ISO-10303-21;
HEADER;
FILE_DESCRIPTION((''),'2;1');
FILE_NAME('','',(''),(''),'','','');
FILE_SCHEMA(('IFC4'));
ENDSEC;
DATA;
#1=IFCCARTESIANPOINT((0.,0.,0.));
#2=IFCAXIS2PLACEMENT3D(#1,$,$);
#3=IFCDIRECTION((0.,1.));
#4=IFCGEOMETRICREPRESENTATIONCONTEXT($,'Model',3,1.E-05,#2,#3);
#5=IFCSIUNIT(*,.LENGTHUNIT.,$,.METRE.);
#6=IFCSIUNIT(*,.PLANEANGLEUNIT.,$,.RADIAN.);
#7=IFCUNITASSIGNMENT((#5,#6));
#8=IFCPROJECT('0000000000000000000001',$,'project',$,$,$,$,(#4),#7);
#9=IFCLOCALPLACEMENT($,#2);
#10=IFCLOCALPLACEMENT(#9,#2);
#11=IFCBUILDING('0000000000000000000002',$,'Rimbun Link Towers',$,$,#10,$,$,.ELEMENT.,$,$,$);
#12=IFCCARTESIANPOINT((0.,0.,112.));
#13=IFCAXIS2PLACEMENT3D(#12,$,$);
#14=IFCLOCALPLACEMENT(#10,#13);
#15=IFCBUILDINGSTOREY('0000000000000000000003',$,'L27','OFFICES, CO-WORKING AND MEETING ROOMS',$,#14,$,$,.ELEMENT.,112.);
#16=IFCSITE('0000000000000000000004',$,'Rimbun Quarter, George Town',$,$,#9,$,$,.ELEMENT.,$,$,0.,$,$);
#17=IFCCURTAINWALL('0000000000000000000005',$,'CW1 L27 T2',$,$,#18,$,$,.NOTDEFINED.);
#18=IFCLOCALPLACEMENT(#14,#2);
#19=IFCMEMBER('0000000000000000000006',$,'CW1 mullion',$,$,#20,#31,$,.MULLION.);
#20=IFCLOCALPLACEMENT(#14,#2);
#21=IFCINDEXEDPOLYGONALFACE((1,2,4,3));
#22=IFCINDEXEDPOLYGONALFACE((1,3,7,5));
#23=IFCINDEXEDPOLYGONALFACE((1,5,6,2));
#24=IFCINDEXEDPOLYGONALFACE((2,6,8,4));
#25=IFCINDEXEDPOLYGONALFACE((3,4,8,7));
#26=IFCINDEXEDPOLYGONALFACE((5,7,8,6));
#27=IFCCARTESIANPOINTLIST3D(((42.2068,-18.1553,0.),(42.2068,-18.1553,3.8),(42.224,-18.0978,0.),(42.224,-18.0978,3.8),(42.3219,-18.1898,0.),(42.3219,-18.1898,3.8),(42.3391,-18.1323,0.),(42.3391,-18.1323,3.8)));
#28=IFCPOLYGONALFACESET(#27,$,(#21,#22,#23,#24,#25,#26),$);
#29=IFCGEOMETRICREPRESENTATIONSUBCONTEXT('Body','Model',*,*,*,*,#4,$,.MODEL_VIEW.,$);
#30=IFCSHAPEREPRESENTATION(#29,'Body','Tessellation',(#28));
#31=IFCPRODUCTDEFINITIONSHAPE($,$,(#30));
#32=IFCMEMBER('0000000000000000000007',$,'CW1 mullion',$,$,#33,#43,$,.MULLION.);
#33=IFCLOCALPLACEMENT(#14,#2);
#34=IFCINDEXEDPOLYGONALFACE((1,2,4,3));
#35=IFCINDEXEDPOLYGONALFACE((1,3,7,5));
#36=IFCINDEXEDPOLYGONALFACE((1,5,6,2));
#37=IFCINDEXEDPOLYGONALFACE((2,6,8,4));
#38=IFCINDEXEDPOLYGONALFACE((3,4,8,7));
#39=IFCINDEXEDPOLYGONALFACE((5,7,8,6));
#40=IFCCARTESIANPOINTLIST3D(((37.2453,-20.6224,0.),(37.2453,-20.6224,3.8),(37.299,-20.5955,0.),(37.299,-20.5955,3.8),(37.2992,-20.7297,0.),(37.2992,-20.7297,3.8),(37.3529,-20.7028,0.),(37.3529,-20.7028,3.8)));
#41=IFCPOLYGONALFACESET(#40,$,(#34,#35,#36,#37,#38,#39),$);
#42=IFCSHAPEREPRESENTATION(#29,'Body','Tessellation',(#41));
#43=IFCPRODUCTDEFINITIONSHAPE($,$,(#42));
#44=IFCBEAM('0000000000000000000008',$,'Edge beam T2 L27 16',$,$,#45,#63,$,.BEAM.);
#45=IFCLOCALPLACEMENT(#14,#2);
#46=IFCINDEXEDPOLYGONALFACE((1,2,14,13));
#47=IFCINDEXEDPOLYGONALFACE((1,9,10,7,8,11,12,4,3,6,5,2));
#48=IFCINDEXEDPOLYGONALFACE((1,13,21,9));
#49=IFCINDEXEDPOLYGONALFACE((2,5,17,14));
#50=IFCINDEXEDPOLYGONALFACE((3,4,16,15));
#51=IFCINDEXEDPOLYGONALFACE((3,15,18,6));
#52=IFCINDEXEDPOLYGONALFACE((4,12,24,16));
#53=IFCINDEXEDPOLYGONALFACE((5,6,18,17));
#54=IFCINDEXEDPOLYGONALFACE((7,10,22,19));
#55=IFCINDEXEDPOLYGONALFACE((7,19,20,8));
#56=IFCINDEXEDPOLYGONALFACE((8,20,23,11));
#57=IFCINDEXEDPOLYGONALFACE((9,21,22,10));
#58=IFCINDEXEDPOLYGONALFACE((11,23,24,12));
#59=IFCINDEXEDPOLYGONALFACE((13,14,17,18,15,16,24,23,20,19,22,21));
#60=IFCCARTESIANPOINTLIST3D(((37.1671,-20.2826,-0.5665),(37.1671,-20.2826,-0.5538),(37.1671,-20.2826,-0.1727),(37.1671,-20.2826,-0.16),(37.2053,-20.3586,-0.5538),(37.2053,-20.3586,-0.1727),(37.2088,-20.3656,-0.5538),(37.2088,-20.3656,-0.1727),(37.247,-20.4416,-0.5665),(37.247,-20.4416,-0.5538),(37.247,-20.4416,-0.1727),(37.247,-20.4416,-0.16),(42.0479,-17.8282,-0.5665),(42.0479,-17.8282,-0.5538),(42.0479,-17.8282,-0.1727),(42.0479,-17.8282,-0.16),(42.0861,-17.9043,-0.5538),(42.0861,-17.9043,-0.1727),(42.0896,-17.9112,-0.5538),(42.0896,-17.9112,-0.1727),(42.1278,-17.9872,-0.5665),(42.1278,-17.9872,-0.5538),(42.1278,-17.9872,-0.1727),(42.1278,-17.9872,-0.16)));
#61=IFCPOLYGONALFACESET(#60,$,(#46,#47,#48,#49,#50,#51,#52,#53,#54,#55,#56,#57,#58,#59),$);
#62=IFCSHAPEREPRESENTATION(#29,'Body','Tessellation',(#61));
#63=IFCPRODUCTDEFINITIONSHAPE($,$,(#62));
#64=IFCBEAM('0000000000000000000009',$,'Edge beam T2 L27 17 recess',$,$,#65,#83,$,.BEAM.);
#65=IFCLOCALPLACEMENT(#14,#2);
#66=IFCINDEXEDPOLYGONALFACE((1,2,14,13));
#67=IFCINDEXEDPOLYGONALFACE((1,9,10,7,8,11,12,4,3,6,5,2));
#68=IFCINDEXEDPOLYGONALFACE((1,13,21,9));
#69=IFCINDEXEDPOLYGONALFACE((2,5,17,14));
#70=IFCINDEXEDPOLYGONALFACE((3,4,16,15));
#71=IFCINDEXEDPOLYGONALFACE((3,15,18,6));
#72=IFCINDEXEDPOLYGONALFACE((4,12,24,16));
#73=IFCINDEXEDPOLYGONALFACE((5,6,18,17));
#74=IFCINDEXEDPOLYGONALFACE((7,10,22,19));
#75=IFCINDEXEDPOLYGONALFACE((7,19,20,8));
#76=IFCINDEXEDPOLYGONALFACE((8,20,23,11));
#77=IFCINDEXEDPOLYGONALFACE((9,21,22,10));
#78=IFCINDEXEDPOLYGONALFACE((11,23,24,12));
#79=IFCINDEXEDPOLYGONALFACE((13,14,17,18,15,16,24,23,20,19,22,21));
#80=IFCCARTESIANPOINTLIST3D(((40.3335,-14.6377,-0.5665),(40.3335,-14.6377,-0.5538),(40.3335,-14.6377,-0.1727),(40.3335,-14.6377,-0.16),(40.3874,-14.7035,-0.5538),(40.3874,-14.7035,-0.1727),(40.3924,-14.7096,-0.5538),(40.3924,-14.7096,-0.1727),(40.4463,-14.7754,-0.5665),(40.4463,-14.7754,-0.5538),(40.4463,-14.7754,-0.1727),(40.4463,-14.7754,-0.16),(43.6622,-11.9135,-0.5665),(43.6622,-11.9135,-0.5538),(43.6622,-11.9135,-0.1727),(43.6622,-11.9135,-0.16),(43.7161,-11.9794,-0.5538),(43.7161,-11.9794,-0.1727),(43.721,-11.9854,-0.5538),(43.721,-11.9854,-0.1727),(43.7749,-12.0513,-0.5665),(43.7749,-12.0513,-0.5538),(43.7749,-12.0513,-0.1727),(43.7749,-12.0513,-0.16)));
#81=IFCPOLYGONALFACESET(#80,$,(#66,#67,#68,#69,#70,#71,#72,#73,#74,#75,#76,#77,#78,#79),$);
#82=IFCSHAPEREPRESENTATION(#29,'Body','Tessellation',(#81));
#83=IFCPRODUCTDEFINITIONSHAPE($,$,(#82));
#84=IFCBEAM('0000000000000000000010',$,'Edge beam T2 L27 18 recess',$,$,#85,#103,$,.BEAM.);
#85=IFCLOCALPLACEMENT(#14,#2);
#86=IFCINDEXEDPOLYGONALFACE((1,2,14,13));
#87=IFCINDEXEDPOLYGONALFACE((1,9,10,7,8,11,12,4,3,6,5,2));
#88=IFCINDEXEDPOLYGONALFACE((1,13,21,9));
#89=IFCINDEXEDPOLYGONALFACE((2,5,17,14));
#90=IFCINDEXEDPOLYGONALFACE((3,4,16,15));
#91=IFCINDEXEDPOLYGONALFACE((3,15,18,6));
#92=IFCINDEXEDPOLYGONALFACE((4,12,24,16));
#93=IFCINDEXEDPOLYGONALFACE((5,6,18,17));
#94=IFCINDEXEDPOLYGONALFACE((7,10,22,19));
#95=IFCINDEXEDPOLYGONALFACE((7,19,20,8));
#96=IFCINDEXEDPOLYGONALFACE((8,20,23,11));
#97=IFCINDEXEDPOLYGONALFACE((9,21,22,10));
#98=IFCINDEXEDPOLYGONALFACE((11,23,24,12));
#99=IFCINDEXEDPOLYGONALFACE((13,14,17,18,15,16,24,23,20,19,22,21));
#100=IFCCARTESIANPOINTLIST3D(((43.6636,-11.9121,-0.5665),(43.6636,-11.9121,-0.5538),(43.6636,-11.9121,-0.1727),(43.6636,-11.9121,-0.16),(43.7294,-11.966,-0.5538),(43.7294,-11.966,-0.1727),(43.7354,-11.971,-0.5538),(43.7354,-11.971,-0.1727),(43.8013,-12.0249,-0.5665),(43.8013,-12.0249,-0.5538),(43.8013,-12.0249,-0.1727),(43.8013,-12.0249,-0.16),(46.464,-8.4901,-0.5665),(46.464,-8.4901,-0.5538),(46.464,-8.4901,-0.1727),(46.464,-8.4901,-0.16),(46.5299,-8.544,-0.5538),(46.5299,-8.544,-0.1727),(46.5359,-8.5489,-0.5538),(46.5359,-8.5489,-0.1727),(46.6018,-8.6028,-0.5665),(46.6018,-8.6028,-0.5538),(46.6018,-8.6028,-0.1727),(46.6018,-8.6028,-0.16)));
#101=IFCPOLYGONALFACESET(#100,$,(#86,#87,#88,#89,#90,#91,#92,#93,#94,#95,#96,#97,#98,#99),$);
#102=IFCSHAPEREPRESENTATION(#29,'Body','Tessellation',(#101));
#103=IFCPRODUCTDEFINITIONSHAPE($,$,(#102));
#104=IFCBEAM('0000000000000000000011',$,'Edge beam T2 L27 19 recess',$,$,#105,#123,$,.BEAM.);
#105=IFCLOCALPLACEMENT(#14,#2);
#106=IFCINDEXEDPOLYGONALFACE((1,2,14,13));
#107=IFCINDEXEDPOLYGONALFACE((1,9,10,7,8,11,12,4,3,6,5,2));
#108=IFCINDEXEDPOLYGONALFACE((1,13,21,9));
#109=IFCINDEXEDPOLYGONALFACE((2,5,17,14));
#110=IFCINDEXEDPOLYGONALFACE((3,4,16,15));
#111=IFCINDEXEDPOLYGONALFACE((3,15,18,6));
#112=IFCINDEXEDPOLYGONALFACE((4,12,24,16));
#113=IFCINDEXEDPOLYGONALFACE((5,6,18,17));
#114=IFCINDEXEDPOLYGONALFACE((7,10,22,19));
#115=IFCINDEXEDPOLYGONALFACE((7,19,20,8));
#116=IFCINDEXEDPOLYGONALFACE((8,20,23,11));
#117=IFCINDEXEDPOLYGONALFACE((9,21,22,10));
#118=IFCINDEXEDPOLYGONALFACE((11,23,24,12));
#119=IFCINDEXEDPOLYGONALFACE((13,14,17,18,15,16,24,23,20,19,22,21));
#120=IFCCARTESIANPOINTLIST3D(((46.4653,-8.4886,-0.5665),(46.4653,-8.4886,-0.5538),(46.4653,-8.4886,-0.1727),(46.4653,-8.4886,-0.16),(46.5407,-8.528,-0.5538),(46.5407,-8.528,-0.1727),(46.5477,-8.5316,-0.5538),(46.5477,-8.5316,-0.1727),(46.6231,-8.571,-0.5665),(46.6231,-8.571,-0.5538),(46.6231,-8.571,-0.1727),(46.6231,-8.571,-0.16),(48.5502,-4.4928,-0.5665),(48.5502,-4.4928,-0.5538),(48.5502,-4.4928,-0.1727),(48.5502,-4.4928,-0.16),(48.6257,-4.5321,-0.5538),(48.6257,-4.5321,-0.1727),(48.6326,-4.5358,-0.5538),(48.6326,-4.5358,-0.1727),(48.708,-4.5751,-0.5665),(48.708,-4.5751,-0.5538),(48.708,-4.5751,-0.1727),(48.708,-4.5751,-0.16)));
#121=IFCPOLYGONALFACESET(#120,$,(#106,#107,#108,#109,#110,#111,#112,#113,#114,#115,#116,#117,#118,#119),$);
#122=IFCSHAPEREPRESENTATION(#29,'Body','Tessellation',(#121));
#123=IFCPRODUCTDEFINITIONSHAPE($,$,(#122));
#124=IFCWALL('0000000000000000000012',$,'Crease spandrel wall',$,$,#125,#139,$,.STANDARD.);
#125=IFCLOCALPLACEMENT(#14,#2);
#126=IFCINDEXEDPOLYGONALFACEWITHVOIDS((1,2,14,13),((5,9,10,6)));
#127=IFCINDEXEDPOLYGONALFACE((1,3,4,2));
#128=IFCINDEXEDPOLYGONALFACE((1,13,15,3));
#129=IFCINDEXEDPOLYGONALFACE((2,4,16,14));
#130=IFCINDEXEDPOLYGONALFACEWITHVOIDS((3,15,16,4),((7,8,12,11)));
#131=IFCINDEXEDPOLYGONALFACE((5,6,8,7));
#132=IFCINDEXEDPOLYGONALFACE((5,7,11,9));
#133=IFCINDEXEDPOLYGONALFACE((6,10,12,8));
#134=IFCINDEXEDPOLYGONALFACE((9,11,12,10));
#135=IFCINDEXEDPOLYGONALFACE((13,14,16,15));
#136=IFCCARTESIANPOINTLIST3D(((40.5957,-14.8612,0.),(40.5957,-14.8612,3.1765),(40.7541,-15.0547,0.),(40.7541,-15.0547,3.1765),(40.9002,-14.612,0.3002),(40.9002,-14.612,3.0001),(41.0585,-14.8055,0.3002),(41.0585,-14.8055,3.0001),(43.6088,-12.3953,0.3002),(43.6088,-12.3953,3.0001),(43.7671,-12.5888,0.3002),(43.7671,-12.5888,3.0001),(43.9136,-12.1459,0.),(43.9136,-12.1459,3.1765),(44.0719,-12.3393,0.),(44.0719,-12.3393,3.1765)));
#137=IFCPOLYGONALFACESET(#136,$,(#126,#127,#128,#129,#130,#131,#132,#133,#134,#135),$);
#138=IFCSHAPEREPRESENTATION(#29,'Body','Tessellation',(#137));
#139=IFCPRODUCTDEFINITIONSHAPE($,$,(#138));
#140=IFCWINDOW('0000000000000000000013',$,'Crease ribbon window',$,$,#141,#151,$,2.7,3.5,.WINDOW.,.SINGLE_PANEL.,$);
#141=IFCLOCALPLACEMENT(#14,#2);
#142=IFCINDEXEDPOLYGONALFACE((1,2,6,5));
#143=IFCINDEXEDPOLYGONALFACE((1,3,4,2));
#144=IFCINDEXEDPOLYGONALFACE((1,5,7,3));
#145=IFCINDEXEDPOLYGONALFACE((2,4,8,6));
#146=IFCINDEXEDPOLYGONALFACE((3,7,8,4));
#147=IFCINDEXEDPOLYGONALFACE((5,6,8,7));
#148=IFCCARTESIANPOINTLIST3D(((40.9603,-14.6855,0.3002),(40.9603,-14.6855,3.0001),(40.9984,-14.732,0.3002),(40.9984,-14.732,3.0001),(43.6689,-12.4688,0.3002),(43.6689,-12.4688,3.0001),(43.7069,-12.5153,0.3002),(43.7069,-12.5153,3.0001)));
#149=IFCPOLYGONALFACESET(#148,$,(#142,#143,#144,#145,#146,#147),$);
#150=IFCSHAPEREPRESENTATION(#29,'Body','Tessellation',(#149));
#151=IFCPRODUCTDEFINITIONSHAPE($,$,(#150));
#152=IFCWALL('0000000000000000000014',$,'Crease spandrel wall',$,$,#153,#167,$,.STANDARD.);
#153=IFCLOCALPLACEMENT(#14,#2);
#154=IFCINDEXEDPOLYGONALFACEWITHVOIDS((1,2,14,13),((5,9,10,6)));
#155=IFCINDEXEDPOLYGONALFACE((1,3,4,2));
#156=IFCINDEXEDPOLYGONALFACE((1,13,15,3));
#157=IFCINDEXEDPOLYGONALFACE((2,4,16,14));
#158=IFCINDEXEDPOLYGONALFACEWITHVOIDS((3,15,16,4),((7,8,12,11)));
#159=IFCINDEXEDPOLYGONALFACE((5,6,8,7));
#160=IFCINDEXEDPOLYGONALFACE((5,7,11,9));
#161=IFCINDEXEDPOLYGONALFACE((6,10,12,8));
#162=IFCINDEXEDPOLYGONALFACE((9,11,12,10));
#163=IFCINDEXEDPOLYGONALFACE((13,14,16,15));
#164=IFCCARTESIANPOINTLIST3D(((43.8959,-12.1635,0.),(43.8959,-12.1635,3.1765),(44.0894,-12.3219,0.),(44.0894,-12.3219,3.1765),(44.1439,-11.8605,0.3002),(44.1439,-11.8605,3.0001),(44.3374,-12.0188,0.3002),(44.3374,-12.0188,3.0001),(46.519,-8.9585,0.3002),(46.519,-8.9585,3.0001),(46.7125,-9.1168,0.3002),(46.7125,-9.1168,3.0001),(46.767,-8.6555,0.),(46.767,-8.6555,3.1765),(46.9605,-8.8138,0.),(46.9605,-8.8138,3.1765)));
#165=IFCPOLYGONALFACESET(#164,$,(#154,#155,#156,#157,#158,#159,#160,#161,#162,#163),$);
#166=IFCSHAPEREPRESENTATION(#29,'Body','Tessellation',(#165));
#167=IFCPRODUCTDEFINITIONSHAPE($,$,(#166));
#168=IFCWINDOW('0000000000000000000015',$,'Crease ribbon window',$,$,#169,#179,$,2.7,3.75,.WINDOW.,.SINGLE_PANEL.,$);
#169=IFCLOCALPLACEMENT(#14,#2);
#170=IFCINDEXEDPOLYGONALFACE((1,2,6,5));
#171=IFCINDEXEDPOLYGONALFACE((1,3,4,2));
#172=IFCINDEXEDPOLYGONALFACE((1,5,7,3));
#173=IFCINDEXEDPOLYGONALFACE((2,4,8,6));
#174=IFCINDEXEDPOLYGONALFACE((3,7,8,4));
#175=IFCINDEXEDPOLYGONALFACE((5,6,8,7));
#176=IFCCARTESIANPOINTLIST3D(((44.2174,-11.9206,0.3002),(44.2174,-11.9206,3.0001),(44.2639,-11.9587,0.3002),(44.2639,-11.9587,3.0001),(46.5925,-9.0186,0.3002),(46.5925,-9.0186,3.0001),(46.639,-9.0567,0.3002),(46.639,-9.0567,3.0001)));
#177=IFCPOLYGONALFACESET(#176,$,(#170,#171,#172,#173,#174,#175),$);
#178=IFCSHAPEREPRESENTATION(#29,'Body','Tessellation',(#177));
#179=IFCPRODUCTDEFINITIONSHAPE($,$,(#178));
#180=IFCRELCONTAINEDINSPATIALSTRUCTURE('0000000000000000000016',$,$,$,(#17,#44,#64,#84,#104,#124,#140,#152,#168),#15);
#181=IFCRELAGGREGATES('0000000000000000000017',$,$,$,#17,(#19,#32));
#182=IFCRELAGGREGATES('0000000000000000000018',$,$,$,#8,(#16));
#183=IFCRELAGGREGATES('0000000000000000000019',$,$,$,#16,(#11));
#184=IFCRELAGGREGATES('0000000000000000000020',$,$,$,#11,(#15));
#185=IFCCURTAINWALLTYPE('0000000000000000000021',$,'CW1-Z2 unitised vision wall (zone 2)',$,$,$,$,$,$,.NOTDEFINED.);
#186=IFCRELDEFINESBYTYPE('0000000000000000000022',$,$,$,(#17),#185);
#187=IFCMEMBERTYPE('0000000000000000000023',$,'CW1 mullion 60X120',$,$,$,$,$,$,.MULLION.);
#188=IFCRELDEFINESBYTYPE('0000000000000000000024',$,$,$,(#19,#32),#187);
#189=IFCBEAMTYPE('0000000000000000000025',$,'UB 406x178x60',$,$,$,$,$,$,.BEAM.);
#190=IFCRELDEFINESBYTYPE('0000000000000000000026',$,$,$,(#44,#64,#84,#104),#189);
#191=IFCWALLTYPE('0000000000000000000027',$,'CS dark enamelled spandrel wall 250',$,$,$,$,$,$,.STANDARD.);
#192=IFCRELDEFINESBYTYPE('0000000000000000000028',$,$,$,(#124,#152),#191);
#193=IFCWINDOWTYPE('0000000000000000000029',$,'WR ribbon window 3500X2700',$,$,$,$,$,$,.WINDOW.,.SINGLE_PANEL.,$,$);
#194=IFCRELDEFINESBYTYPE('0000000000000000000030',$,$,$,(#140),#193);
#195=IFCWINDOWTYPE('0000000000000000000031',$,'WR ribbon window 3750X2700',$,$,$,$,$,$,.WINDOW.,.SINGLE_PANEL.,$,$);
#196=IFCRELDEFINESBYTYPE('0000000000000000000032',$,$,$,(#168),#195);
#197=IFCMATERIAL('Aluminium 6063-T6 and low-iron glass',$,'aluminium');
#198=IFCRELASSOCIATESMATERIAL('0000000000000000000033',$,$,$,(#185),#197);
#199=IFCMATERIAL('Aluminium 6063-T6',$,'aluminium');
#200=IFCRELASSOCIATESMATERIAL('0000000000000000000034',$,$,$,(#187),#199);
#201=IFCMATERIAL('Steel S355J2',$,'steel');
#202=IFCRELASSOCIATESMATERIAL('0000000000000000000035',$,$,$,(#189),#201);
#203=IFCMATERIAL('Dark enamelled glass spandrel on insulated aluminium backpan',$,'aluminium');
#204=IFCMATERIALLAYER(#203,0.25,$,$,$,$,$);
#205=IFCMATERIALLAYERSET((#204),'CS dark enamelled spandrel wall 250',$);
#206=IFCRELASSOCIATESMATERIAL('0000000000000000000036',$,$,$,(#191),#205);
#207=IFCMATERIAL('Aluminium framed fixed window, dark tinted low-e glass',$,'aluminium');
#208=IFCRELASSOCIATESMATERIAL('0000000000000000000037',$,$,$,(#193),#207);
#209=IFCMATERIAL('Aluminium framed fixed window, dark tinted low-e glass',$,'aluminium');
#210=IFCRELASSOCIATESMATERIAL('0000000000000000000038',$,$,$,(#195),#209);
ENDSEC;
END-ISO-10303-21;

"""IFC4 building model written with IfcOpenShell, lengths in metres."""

from ifc_helpers import new_model, si_unit, direction, frame, frame_2d, origin, origin_2d, place, context, subcontext, project, spatial, rectangle, i_section, extrude, material, layer, layer_set, material_profile, profile_set, type_object, element, fill, aggregate, save


model = new_model("IFC4")

# Units and contexts
model_context = context("Model", 3, precision=1e-05, world=origin(), true_north=direction((0.0, 1.0)))
body_context = subcontext(model_context, "Body", "Model", "MODEL_VIEW")
ifc_project = project(units=[si_unit("LENGTHUNIT", "METRE"), si_unit("PLANEANGLEUNIT", "RADIAN")], contexts=[model_context])

# Site, building, storey
site_placement = place(None, origin())
site = spatial("IfcSite", under=ifc_project, at=site_placement, Name="Rimbun Quarter, George Town", CompositionType="ELEMENT", RefElevation=0.0)
building_placement = place(site_placement, origin())
building = spatial("IfcBuilding", under=site, at=building_placement, Name="Rimbun Link Towers", CompositionType="ELEMENT")
storey_placement = place(building_placement, frame((0.0, 0.0, 112.0)))
storey = spatial("IfcBuildingStorey", under=building, at=storey_placement, Name="L27", Description="OFFICES, CO-WORKING AND MEETING ROOMS", CompositionType="ELEMENT", Elevation=112.0)

# Curtain wall, members
ifc_material_1 = material(Name="Aluminium 6063-T6 and low-iron glass", Category="aluminium")
curtain_wall_type = type_object("IfcCurtainWallType", Name="CW1-Z2 unitised vision wall (zone 2)", PredefinedType="NOTDEFINED", material=ifc_material_1)
curtain_wall_placement = place(storey_placement, origin())
curtain_wall = element("IfcCurtainWall", 1, at=curtain_wall_placement, inside=storey, type_object=curtain_wall_type, Name="CW1 L27 T2", PredefinedType="NOTDEFINED")
ifc_material_2 = material(Name="Aluminium 6063-T6", Category="aluminium")
ifc_material_profile_1 = material_profile(ifc_material_2, rectangle(XDim=0.1201, YDim=0.0601, at=origin_2d()), Name="MULLION 60X120")
ifc_profile_set_1 = profile_set([ifc_material_profile_1], Name="Aluminium 6063-T6")
member_type_1 = type_object("IfcMemberType", Name="CW1 mullion 60X120", PredefinedType="MULLION", material=ifc_profile_set_1)
member_1_placement = place(storey_placement, frame((42.2729, -18.1438, 0.0), z_axis=(0.0, 0.0, 1.0), x_axis=(0.957988, -0.286809, 0.0)))
member_1 = element("IfcMember", 2, at=member_1_placement, type_object=member_type_1, Name="CW1 mullion", PredefinedType="MULLION", context=body_context, shape_type="SweptSolid", body=[
    extrude(rectangle(XDim=0.1201, YDim=0.0601, at=origin_2d()), origin(), (0.0, 0.0, 1.0), 3.8),
])
member_2_placement = place(storey_placement, frame((37.2991, -20.6626, 0.0), z_axis=(0.0, 0.0, 1.0), x_axis=(0.448789, -0.893638, 0.0)))
member_2 = element("IfcMember", 3, at=member_2_placement, type_object=member_type_1, Name="CW1 mullion", PredefinedType="MULLION", context=body_context, shape_type="SweptSolid", body=[
    extrude(rectangle(XDim=0.1201, YDim=0.0601, at=origin_2d()), origin(), (0.0, 0.0, 1.0), 3.8),
])
aggregate(curtain_wall, [member_1, member_2])

# Beams
ifc_material_3 = material(Name="Steel S355J2", Category="steel")
ifc_material_profile_2 = material_profile(ifc_material_3, i_section(OverallWidth=0.178, OverallDepth=0.4065, WebThickness=0.0078, FlangeThickness=0.0127, at=origin_2d()), Name="UB 406x178x60")
ifc_profile_set_2 = profile_set([ifc_material_profile_2], Name="Steel S355J2")
beam_type = type_object("IfcBeamType", Name="UB 406x178x60", PredefinedType="BEAM", material=ifc_profile_set_2)
beam_1_placement = place(storey_placement, frame((37.207, -20.3621, -0.3633), z_axis=(0.893406, 0.44925, 0.0), x_axis=(-0.44925, 0.893406, 0.0)))
element("IfcBeam", 4, at=beam_1_placement, inside=storey, type_object=beam_type, Name="Edge beam T2 L27 16", PredefinedType="BEAM", context=body_context, shape_type="SweptSolid", body=[
    extrude(i_section(OverallWidth=0.178, OverallDepth=0.4065, WebThickness=0.0078, FlangeThickness=0.0127, at=origin_2d()), origin(), (0.0, 0.0, 1.0), 5.4631),
])
beam_2_placement = place(storey_placement, frame((40.3899, -14.7065, -0.3633), z_axis=(0.773876, 0.633337, 0.0), x_axis=(-0.633337, 0.773876, 0.0)))
element("IfcBeam", 5, at=beam_2_placement, inside=storey, type_object=beam_type, Name="Edge beam T2 L27 17 recess", PredefinedType="BEAM", context=body_context, shape_type="SweptSolid", body=[
    extrude(i_section(OverallWidth=0.178, OverallDepth=0.4065, WebThickness=0.0078, FlangeThickness=0.0127, at=origin_2d()), origin(), (0.0, 0.0, 1.0), 4.3013),
])
beam_3_placement = place(storey_placement, frame((43.7324, -11.9685, -0.3633), z_axis=(0.633322, 0.773888, 0.0), x_axis=(-0.773888, 0.633322, 0.0)))
element("IfcBeam", 6, at=beam_3_placement, inside=storey, type_object=beam_type, Name="Edge beam T2 L27 18 recess", PredefinedType="BEAM", context=body_context, shape_type="SweptSolid", body=[
    extrude(i_section(OverallWidth=0.178, OverallDepth=0.4065, WebThickness=0.0078, FlangeThickness=0.0127, at=origin_2d()), origin(), (0.0, 0.0, 1.0), 4.4219),
])
beam_4_placement = place(storey_placement, frame((46.5442, -8.5298, -0.3633), z_axis=(0.462596, 0.886569, 0.0), x_axis=(-0.886569, 0.462596, 0.0)))
element("IfcBeam", 7, at=beam_4_placement, inside=storey, type_object=beam_type, Name="Edge beam T2 L27 19 recess", PredefinedType="BEAM", context=body_context, shape_type="SweptSolid", body=[
    extrude(i_section(OverallWidth=0.178, OverallDepth=0.4065, WebThickness=0.0078, FlangeThickness=0.0127, at=origin_2d()), origin(), (0.0, 0.0, 1.0), 4.5071),
])

# Walls, openings, windows
ifc_material_4 = material(Name="Dark enamelled glass spandrel on insulated aluminium backpan", Category="aluminium")
ifc_layer_1 = layer(ifc_material_4, 0.25)
ifc_layer_set_1 = layer_set([ifc_layer_1], Name="CS dark enamelled spandrel wall 250")
wall_type_1 = type_object("IfcWallType", Name="CS dark enamelled spandrel wall 250", PredefinedType="STANDARD", material=ifc_layer_set_1)
wall_1_placement = place(storey_placement, frame((43.9927, -12.2427, 0.0), z_axis=(0.0, 0.0, 1.0), x_axis=(-0.773876, -0.633337, 0.0)))
wall_1 = element("IfcWall", 8, at=wall_1_placement, inside=storey, type_object=wall_type_1, Name="Crease spandrel wall", PredefinedType="STANDARD", context=body_context, shape_type="SweptSolid", body=[
    extrude(rectangle(XDim=4.2874, YDim=0.25, at=frame_2d((2.1436, 0.0))), origin(), (0.0, 0.0, 1.0), 3.1765),
])
opening_1_placement = place(wall_1_placement, frame((0.3938, 0.0, 0.3)))
opening_1 = element("IfcOpeningElement", 9, at=opening_1_placement, cuts=wall_1, PredefinedType="OPENING", context=body_context, shape_type="SweptSolid", body=[
    extrude(rectangle(XDim=3.5, YDim=2.7, at=frame_2d((1.75, 1.3501))), frame((0.0, 0.135, 0.0), z_axis=(0.0, -1.0, 0.0), x_axis=(1.0, 0.0, 0.0)), (0.0, 0.0, 1.0), 0.27),
])
ifc_material_5 = material(Name="Aluminium framed fixed window, dark tinted low-e glass", Category="aluminium")
window_type_1 = type_object("IfcWindowType", Name="WR ribbon window 3500X2700", PartitioningType="SINGLE_PANEL", PredefinedType="WINDOW", material=ifc_material_5)
window_1_placement = place(opening_1_placement, origin())
window_1 = element("IfcWindow", 10, at=window_1_placement, inside=storey, type_object=window_type_1, Name="Crease ribbon window", OverallHeight=2.7, OverallWidth=3.5, PartitioningType="SINGLE_PANEL", PredefinedType="WINDOW", context=body_context, shape_type="SweptSolid", body=[
    extrude(rectangle(XDim=3.5, YDim=2.7, at=frame_2d((1.75, 1.3501))), frame((0.0, 0.03, 0.0), z_axis=(0.0, -1.0, 0.0), x_axis=(1.0, 0.0, 0.0)), (0.0, 0.0, 1.0), 0.0601),
])
fill(opening_1, window_1)
wall_2_placement = place(storey_placement, frame((46.8638, -8.7346, 0.0), z_axis=(0.0, 0.0, 1.0), x_axis=(-0.633352, -0.773864, 0.0)))
wall_2 = element("IfcWall", 11, at=wall_2_placement, inside=storey, type_object=wall_type_1, Name="Crease spandrel wall", PredefinedType="STANDARD", context=body_context, shape_type="SweptSolid", body=[
    extrude(rectangle(XDim=4.5332, YDim=0.25, at=frame_2d((2.2666, 0.0))), origin(), (0.0, 0.0, 1.0), 3.1765),
])
opening_2_placement = place(wall_2_placement, frame((0.3916, 0.0, 0.3)))
opening_2 = element("IfcOpeningElement", 12, at=opening_2_placement, cuts=wall_2, PredefinedType="OPENING", context=body_context, shape_type="SweptSolid", body=[
    extrude(rectangle(XDim=3.75, YDim=2.7, at=frame_2d((1.875, 1.3501))), frame((0.0, 0.135, 0.0), z_axis=(0.0, -1.0, 0.0), x_axis=(1.0, 0.0, 0.0)), (0.0, 0.0, 1.0), 0.27),
])
ifc_material_6 = material(Name="Aluminium framed fixed window, dark tinted low-e glass", Category="aluminium")
window_type_2 = type_object("IfcWindowType", Name="WR ribbon window 3750X2700", PartitioningType="SINGLE_PANEL", PredefinedType="WINDOW", material=ifc_material_6)
window_2_placement = place(opening_2_placement, origin())
window_2 = element("IfcWindow", 13, at=window_2_placement, inside=storey, type_object=window_type_2, Name="Crease ribbon window", OverallHeight=2.7, OverallWidth=3.75, PartitioningType="SINGLE_PANEL", PredefinedType="WINDOW", context=body_context, shape_type="SweptSolid", body=[
    extrude(rectangle(XDim=3.75, YDim=2.7, at=frame_2d((1.875, 1.3501))), frame((0.0, 0.03, 0.0), z_axis=(0.0, -1.0, 0.0), x_axis=(1.0, 0.0, 0.0)), (0.0, 0.0, 1.0), 0.0601),
])
fill(opening_2, window_2)

save(model, "model.ifc")
